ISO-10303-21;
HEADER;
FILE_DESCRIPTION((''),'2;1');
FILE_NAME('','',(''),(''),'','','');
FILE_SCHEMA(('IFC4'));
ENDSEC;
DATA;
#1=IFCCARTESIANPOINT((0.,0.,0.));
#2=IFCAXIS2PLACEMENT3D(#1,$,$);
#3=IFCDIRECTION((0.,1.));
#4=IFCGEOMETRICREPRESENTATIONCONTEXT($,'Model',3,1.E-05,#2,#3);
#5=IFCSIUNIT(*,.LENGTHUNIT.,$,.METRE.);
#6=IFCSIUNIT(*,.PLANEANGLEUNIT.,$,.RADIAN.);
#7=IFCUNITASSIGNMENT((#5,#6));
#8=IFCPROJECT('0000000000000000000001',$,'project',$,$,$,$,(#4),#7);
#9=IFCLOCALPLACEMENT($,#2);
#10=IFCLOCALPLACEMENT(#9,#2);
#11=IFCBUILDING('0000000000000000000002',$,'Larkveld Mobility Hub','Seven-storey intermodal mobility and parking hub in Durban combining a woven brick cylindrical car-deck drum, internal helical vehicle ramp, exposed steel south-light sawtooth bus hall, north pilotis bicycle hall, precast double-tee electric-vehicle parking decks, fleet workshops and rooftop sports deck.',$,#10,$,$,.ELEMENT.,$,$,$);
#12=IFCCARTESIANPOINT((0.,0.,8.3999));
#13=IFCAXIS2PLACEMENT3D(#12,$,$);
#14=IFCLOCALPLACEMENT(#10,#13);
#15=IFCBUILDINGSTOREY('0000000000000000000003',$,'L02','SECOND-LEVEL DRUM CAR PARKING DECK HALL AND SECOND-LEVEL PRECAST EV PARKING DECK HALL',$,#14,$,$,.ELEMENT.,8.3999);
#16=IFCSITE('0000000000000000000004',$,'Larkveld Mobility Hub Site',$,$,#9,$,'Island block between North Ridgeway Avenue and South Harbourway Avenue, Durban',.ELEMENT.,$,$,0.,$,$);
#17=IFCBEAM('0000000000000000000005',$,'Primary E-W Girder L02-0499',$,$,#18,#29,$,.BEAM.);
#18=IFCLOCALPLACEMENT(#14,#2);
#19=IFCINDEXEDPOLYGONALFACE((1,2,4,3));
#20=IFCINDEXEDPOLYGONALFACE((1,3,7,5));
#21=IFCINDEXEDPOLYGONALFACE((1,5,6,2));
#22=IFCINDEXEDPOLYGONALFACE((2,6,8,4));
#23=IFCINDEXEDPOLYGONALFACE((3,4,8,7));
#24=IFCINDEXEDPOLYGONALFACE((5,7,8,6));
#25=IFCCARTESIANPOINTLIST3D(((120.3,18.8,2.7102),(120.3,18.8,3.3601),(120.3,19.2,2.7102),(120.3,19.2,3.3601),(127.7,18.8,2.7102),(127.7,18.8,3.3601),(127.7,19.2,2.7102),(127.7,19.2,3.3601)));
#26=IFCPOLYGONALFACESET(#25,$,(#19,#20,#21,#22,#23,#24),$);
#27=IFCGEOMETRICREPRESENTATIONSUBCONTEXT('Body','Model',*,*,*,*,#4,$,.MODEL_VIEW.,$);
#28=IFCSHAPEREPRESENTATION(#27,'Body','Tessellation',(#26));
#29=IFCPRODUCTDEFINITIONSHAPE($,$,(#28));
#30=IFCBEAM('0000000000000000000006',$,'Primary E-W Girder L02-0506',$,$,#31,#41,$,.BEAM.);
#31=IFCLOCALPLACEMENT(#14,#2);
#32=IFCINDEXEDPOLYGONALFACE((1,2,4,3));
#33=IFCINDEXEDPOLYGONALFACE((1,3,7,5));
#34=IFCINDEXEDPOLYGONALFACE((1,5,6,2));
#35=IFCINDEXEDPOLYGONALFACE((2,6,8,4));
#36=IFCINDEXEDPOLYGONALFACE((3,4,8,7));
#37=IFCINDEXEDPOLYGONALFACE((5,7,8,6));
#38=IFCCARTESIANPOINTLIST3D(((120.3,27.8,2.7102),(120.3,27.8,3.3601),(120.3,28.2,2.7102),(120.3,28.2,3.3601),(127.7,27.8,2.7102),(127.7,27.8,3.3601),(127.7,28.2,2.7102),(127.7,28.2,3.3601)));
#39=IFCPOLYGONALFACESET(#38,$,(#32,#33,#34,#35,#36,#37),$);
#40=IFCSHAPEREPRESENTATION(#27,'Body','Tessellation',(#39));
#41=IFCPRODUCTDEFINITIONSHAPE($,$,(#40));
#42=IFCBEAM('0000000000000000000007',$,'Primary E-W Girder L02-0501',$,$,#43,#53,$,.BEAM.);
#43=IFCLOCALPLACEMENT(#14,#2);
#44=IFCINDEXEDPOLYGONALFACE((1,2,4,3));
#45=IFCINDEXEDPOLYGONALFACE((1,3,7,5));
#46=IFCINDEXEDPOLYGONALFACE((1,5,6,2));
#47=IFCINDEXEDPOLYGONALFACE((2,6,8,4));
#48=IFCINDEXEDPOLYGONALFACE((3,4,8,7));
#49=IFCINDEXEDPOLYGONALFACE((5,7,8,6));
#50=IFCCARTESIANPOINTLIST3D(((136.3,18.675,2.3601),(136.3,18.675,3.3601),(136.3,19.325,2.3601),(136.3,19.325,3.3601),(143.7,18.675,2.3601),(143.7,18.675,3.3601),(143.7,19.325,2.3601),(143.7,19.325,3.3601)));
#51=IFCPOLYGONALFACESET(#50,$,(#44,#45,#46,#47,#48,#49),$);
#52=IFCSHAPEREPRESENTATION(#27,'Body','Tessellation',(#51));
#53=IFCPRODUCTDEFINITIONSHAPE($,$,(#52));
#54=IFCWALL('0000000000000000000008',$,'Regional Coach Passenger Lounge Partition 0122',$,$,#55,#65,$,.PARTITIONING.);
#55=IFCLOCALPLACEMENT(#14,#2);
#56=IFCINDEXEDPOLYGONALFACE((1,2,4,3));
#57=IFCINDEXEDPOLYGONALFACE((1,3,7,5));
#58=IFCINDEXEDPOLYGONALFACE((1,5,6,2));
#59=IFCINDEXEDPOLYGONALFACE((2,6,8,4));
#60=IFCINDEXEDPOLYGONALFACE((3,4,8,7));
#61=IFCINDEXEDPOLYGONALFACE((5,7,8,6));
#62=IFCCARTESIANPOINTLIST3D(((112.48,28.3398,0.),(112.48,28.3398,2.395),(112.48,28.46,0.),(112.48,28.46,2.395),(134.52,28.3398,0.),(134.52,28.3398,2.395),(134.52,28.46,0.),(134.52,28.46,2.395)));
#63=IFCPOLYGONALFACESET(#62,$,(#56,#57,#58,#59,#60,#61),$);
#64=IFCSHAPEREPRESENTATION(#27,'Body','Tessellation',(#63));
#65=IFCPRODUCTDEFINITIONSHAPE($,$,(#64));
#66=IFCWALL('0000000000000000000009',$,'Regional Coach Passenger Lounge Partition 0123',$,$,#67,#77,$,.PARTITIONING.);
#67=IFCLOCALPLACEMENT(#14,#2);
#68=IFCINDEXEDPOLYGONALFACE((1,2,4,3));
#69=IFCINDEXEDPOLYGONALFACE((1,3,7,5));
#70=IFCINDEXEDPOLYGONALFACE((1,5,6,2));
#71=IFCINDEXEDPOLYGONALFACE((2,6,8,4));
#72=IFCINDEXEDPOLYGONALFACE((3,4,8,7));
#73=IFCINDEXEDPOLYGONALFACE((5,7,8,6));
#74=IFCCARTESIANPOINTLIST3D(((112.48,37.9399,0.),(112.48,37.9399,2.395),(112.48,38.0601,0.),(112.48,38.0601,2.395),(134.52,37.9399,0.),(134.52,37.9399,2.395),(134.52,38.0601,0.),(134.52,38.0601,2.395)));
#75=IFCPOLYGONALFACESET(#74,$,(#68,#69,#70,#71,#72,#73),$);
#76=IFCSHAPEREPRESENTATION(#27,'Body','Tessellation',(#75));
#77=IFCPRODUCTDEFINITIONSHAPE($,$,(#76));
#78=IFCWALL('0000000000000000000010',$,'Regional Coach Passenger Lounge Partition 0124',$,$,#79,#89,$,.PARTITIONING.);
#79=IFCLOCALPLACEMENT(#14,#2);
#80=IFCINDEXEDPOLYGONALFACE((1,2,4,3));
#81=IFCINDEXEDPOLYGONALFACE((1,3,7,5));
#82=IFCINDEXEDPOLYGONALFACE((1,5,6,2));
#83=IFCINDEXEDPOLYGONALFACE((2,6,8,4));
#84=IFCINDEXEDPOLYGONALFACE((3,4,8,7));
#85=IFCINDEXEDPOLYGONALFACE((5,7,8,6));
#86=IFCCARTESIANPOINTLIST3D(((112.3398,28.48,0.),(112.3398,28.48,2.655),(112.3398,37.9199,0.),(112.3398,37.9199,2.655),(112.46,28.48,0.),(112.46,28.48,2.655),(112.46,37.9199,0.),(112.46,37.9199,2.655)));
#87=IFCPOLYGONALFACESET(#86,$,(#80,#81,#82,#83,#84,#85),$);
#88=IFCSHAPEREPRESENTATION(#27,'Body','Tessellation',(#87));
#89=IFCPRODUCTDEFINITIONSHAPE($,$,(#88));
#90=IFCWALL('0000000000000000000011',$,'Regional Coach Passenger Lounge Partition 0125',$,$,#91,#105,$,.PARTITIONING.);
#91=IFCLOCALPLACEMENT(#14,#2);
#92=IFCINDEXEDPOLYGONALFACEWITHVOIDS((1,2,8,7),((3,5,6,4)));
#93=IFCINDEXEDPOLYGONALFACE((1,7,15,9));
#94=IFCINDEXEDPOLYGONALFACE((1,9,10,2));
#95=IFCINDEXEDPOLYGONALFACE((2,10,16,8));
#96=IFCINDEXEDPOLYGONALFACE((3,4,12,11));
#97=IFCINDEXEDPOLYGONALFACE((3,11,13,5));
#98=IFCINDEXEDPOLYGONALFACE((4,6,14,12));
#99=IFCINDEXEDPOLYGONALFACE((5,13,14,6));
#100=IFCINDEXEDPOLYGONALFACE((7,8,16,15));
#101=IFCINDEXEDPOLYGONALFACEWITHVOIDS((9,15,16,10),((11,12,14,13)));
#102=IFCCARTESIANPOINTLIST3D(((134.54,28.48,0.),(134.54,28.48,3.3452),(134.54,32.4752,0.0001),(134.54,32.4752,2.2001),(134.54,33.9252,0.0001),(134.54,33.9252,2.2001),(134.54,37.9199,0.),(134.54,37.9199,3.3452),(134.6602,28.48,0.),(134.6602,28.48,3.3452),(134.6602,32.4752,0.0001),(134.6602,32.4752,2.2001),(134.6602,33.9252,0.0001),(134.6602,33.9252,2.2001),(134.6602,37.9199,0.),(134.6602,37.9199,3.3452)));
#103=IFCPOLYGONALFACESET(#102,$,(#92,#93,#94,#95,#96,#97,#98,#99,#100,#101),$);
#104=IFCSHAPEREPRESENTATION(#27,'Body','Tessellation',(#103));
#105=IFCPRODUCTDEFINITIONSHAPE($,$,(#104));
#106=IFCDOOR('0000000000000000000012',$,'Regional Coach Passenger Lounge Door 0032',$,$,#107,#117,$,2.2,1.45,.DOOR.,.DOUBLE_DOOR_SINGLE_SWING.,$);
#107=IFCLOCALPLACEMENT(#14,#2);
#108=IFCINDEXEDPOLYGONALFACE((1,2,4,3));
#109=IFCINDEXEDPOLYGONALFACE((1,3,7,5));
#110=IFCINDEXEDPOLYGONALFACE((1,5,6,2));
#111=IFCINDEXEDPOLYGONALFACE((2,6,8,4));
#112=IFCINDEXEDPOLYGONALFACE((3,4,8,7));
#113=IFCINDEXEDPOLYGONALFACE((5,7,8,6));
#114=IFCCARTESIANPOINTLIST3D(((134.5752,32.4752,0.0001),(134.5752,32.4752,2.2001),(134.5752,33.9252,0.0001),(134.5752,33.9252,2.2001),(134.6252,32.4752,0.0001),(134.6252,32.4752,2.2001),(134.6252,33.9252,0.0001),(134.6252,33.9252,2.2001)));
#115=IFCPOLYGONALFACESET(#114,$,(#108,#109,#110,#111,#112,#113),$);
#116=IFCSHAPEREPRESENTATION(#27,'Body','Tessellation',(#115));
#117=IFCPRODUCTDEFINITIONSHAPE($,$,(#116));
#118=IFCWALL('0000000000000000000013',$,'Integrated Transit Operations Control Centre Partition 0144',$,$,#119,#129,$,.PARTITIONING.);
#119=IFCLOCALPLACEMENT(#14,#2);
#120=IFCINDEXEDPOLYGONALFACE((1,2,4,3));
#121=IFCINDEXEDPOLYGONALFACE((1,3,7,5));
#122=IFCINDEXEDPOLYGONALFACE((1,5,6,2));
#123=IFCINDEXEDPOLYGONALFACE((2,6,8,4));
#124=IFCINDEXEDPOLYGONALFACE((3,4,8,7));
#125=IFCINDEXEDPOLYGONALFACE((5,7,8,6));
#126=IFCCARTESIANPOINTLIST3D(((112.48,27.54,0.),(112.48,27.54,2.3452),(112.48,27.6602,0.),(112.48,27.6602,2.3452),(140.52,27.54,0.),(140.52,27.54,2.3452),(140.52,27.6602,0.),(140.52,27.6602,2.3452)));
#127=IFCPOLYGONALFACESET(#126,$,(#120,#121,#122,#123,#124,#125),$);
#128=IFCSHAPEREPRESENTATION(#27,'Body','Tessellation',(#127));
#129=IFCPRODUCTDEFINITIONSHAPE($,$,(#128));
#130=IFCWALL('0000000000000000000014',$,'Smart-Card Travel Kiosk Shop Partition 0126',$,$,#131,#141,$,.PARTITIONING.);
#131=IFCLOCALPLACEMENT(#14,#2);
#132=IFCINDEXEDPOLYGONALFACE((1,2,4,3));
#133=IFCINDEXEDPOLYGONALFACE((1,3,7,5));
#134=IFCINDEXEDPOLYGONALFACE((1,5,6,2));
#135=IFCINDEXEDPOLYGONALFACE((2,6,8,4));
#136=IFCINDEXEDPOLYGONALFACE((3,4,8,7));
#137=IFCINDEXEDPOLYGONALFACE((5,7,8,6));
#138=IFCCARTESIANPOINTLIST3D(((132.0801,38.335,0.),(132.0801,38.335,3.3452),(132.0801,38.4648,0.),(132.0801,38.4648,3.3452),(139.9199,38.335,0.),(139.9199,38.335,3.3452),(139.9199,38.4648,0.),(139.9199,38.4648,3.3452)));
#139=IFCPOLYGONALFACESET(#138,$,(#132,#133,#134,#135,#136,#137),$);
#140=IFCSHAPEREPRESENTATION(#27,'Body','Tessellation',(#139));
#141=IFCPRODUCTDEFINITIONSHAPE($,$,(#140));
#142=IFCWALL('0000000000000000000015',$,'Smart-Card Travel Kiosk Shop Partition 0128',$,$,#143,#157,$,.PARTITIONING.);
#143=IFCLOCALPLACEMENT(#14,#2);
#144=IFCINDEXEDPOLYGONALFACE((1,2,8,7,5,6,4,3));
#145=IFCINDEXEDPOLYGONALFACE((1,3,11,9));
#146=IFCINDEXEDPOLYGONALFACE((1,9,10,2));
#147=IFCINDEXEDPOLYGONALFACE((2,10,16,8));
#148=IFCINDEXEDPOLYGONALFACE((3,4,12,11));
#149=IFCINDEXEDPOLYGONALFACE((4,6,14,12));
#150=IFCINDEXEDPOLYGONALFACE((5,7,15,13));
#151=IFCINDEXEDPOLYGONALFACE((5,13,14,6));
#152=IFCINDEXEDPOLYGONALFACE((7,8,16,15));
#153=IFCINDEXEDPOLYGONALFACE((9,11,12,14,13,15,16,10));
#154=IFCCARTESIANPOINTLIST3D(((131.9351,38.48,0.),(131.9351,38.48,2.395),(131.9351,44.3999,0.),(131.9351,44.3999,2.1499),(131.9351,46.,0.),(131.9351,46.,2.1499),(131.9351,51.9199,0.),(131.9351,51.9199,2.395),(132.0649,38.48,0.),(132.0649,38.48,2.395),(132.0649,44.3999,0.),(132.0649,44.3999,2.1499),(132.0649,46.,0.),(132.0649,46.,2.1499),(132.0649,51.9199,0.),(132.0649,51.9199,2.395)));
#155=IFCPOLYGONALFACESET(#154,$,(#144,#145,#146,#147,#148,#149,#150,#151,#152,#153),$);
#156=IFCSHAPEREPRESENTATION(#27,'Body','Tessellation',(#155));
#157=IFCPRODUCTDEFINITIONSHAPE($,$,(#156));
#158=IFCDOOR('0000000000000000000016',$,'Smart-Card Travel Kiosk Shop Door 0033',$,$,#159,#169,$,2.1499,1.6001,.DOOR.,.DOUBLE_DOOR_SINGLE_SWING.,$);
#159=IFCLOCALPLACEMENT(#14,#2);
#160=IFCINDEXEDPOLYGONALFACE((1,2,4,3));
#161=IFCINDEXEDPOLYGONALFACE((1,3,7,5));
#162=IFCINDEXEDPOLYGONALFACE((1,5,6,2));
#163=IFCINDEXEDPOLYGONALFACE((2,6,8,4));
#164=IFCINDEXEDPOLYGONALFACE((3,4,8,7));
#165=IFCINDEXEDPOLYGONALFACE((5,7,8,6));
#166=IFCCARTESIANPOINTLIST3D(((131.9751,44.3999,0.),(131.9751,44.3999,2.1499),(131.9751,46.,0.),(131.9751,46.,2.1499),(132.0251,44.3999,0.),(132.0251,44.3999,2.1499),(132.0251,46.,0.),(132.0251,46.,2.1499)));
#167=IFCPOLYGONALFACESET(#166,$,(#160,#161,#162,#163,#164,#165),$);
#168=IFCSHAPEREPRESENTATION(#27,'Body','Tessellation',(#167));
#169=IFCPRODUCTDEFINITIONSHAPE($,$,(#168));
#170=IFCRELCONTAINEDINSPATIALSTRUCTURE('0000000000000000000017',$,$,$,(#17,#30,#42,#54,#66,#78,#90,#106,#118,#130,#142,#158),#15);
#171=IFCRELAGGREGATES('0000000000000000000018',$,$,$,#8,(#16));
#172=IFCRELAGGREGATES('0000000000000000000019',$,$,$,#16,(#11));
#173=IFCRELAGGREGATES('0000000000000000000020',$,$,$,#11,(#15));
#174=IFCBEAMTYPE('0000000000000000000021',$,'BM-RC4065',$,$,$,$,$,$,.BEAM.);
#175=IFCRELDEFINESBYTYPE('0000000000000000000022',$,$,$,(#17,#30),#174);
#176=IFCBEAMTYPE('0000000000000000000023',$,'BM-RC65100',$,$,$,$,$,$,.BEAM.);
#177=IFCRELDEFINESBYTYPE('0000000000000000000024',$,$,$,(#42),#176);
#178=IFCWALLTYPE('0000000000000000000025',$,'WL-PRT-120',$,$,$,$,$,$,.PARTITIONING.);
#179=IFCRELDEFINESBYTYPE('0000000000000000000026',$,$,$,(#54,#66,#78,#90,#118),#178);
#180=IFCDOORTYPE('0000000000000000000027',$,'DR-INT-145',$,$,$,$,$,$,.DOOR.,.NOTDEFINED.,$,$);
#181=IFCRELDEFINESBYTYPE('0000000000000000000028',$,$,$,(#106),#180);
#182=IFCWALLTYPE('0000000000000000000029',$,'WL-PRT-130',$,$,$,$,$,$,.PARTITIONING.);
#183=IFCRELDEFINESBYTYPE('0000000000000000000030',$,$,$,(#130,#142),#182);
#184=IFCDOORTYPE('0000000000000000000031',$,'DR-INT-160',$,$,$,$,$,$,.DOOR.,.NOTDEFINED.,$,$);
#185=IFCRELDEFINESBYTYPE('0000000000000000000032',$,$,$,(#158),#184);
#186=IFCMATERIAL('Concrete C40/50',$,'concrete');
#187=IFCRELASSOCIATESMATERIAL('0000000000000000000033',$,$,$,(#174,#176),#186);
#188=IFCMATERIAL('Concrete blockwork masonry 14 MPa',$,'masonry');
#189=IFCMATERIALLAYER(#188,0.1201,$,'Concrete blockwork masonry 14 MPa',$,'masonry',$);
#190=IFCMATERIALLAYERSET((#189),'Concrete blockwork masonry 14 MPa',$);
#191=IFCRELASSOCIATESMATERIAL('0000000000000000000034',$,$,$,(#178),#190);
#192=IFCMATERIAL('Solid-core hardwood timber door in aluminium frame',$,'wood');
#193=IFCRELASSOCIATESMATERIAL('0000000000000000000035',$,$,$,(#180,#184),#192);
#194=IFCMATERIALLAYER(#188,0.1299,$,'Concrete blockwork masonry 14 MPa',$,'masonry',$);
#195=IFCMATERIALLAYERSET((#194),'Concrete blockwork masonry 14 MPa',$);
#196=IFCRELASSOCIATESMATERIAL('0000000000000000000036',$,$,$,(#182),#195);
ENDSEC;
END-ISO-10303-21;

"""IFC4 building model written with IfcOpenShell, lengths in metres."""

from ifc_helpers import new_model, si_unit, direction, frame, frame_2d, origin, origin_2d, place, context, subcontext, project, spatial, rectangle, extrude, material, layer, layer_set, material_profile, profile_set, type_object, element, fill, save


model = new_model("IFC4")

# Units and contexts
model_context = context("Model", 3, precision=1e-05, world=origin(), true_north=direction((0.0, 1.0)))
body_context = subcontext(model_context, "Body", "Model", "MODEL_VIEW")
ifc_project = project(units=[si_unit("LENGTHUNIT", "METRE"), si_unit("PLANEANGLEUNIT", "RADIAN")], contexts=[model_context])

# Site, building, storey
site_placement = place(None, origin())
site = spatial("IfcSite", under=ifc_project, at=site_placement, Name="Larkveld Mobility Hub Site", LongName="Island block between North Ridgeway Avenue and South Harbourway Avenue, Durban", CompositionType="ELEMENT", RefElevation=0.0)
building_placement = place(site_placement, origin())
building = spatial("IfcBuilding", under=site, at=building_placement, Name="Larkveld Mobility Hub", Description="Seven-storey intermodal mobility and parking hub in Durban combining a woven brick cylindrical car-deck drum, internal helical vehicle ramp, exposed steel south-light sawtooth bus hall, north pilotis bicycle hall, precast double-tee electric-vehicle parking decks, fleet workshops and rooftop sports deck.", CompositionType="ELEMENT")
storey_placement = place(building_placement, frame((0.0, 0.0, 8.3999)))
storey = spatial("IfcBuildingStorey", under=building, at=storey_placement, Name="L02", Description="SECOND-LEVEL DRUM CAR PARKING DECK HALL AND SECOND-LEVEL PRECAST EV PARKING DECK HALL", CompositionType="ELEMENT", Elevation=8.3999)

# Shared definitions
ifc_material_1 = material(Name="Concrete C40/50", Category="concrete")

# Beams
ifc_material_profile_1 = material_profile(ifc_material_1, rectangle(XDim=0.3999, YDim=0.6499, at=origin_2d()), Name="RC BM 400x650")
ifc_profile_set_1 = profile_set([ifc_material_profile_1], Name="Concrete C40/50")
beam_type_1 = type_object("IfcBeamType", Name="BM-RC4065", PredefinedType="BEAM", material=ifc_profile_set_1)
for number, where, z_axis, x_axis, name in (
    (1, (120.3, 19.0, 3.0352), (1.0, 0.0, 0.0), (0.0, 1.0, 0.0), "Primary E-W Girder L02-0499"),
    (2, (120.3, 28.0, 3.0352), (1.0, 0.0, 0.0), (0.0, 1.0, 0.0), "Primary E-W Girder L02-0506"),
):
    element("IfcBeam", number, at=place(storey_placement, frame(where, z_axis=z_axis, x_axis=x_axis)), inside=storey, type_object=beam_type_1, Name=name, PredefinedType="BEAM", context=body_context, shape_type="SweptSolid", body=[
        extrude(rectangle(XDim=0.3999, YDim=0.6499, at=origin_2d()), origin(), (0.0, 0.0, 1.0), 7.3999),
    ])
ifc_material_profile_2 = material_profile(ifc_material_1, rectangle(XDim=0.6499, YDim=1.0, at=origin_2d()), Name="RC BM 650x1000")
ifc_profile_set_2 = profile_set([ifc_material_profile_2], Name="Concrete C40/50")
beam_type_2 = type_object("IfcBeamType", Name="BM-RC65100", PredefinedType="BEAM", material=ifc_profile_set_2)
beam_1_placement = place(storey_placement, frame((136.3, 19.0, 2.8601), z_axis=(1.0, 0.0, 0.0), x_axis=(0.0, 1.0, 0.0)))
element("IfcBeam", 3, at=beam_1_placement, inside=storey, type_object=beam_type_2, Name="Primary E-W Girder L02-0501", PredefinedType="BEAM", context=body_context, shape_type="SweptSolid", body=[
    extrude(rectangle(XDim=0.6499, YDim=1.0, at=origin_2d()), origin(), (0.0, 0.0, 1.0), 7.3999),
])

# Walls
ifc_material_2 = material(Name="Concrete blockwork masonry 14 MPa", Category="masonry")
ifc_layer_1 = layer(ifc_material_2, 0.1201, Name="Concrete blockwork masonry 14 MPa", Category="masonry")
ifc_layer_set_1 = layer_set([ifc_layer_1], Name="Concrete blockwork masonry 14 MPa")
wall_type_1 = type_object("IfcWallType", Name="WL-PRT-120", PredefinedType="PARTITIONING", material=ifc_layer_set_1)
for number, where, z_axis, x_axis, name in (
    (4, (112.48, 28.3999, 0.0), (0.0, 0.0, 1.0), (1.0, 0.0, 0.0), "Regional Coach Passenger Lounge Partition 0122"),
    (5, (112.48, 38.0, 0.0), (0.0, 0.0, 1.0), (1.0, 0.0, 0.0), "Regional Coach Passenger Lounge Partition 0123"),
):
    element("IfcWall", number, at=place(storey_placement, frame(where, z_axis=z_axis, x_axis=x_axis)), inside=storey, type_object=wall_type_1, Name=name, PredefinedType="PARTITIONING", context=body_context, shape_type="SweptSolid", body=[
        extrude(rectangle(XDim=22.04, YDim=0.1201, at=frame_2d((11.02, 0.0))), origin(), (0.0, 0.0, 1.0), 2.395),
    ])
wall_1_placement = place(storey_placement, frame((112.3999, 28.48, 0.0), z_axis=(0.0, 0.0, 1.0), x_axis=(0.0, 1.0, 0.0)))
element("IfcWall", 6, at=wall_1_placement, inside=storey, type_object=wall_type_1, Name="Regional Coach Passenger Lounge Partition 0124", PredefinedType="PARTITIONING", context=body_context, shape_type="SweptSolid", body=[
    extrude(rectangle(XDim=9.4399, YDim=0.1201, at=frame_2d((4.72, 0.0))), origin(), (0.0, 0.0, 1.0), 2.655),
])

# Wall, opening, door
wall_2_placement = place(storey_placement, frame((134.6001, 28.48, 0.0), z_axis=(0.0, 0.0, 1.0), x_axis=(0.0, 1.0, 0.0)))
wall_2 = element("IfcWall", 7, at=wall_2_placement, inside=storey, type_object=wall_type_1, Name="Regional Coach Passenger Lounge Partition 0125", PredefinedType="PARTITIONING", context=body_context, shape_type="SweptSolid", body=[
    extrude(rectangle(XDim=9.4399, YDim=0.1201, at=frame_2d((4.72, 0.0))), origin(), (0.0, 0.0, 1.0), 3.3452),
])
opening_1_placement = place(wall_2_placement, frame((3.9951, 0.0, 0.0)))
opening_1 = element("IfcOpeningElement", 8, at=opening_1_placement, cuts=wall_2, PredefinedType="OPENING", context=body_context, shape_type="SweptSolid", body=[
    extrude(rectangle(XDim=1.45, YDim=2.2, at=frame_2d((0.7251, 1.1001))), frame((0.0, 0.0701, 0.0), z_axis=(0.0, -1.0, 0.0), x_axis=(1.0, 0.0, 0.0)), (0.0, 0.0, 1.0), 0.1401),
])
ifc_material_3 = material(Name="Solid-core hardwood timber door in aluminium frame", Category="wood")
door_type_1 = type_object("IfcDoorType", Name="DR-INT-145", OperationType="NOTDEFINED", PredefinedType="DOOR", material=ifc_material_3)
door_1_placement = place(opening_1_placement, origin())
door_1 = element("IfcDoor", 9, at=door_1_placement, inside=storey, type_object=door_type_1, Name="Regional Coach Passenger Lounge Door 0032", OperationType="DOUBLE_DOOR_SINGLE_SWING", OverallHeight=2.2, OverallWidth=1.45, PredefinedType="DOOR", context=body_context, shape_type="SweptSolid", body=[
    extrude(rectangle(XDim=1.45, YDim=2.2, at=frame_2d((0.7251, 1.1001))), frame((0.0, 0.0249, 0.0), z_axis=(0.0, -1.0, 0.0), x_axis=(1.0, 0.0, 0.0)), (0.0, 0.0, 1.0), 0.05),
])
fill(opening_1, door_1)

# Walls
wall_3_placement = place(storey_placement, frame((112.48, 27.6001, 0.0), z_axis=(0.0, 0.0, 1.0), x_axis=(1.0, 0.0, 0.0)))
element("IfcWall", 10, at=wall_3_placement, inside=storey, type_object=wall_type_1, Name="Integrated Transit Operations Control Centre Partition 0144", PredefinedType="PARTITIONING", context=body_context, shape_type="SweptSolid", body=[
    extrude(rectangle(XDim=28.04, YDim=0.1201, at=frame_2d((14.02, 0.0))), origin(), (0.0, 0.0, 1.0), 2.3452),
])
ifc_layer_2 = layer(ifc_material_2, 0.1299, Name="Concrete blockwork masonry 14 MPa", Category="masonry")
ifc_layer_set_2 = layer_set([ifc_layer_2], Name="Concrete blockwork masonry 14 MPa")
wall_type_2 = type_object("IfcWallType", Name="WL-PRT-130", PredefinedType="PARTITIONING", material=ifc_layer_set_2)
wall_4_placement = place(storey_placement, frame((132.0801, 38.3999, 0.0), z_axis=(0.0, 0.0, 1.0), x_axis=(1.0, 0.0, 0.0)))
element("IfcWall", 11, at=wall_4_placement, inside=storey, type_object=wall_type_2, Name="Smart-Card Travel Kiosk Shop Partition 0126", PredefinedType="PARTITIONING", context=body_context, shape_type="SweptSolid", body=[
    extrude(rectangle(XDim=7.8398, YDim=0.1299, at=frame_2d((3.9199, 0.0))), origin(), (0.0, 0.0, 1.0), 3.3452),
])

# Wall, opening, door
wall_5_placement = place(storey_placement, frame((132.0, 38.48, 0.0), z_axis=(0.0, 0.0, 1.0), x_axis=(0.0, 1.0, 0.0)))
wall_5 = element("IfcWall", 12, at=wall_5_placement, inside=storey, type_object=wall_type_2, Name="Smart-Card Travel Kiosk Shop Partition 0128", PredefinedType="PARTITIONING", context=body_context, shape_type="SweptSolid", body=[
    extrude(rectangle(XDim=13.4399, YDim=0.1299, at=frame_2d((6.72, 0.0))), origin(), (0.0, 0.0, 1.0), 2.395),
])
opening_2_placement = place(wall_5_placement, frame((5.9199, 0.0, 0.0)))
opening_2 = element("IfcOpeningElement", 13, at=opening_2_placement, cuts=wall_5, PredefinedType="OPENING", context=body_context, shape_type="SweptSolid", body=[
    extrude(rectangle(XDim=1.6001, YDim=2.1499, at=frame_2d((0.8, 1.075))), frame((0.0, 0.075, 0.0), z_axis=(0.0, -1.0, 0.0), x_axis=(1.0, 0.0, 0.0)), (0.0, 0.0, 1.0), 0.1499),
])
door_type_2 = type_object("IfcDoorType", Name="DR-INT-160", OperationType="NOTDEFINED", PredefinedType="DOOR", material=ifc_material_3)
door_2_placement = place(opening_2_placement, origin())
door_2 = element("IfcDoor", 14, at=door_2_placement, inside=storey, type_object=door_type_2, Name="Smart-Card Travel Kiosk Shop Door 0033", OperationType="DOUBLE_DOOR_SINGLE_SWING", OverallHeight=2.1499, OverallWidth=1.6001, PredefinedType="DOOR", context=body_context, shape_type="SweptSolid", body=[
    extrude(rectangle(XDim=1.6001, YDim=2.1499, at=frame_2d((0.8, 1.075))), frame((0.0, 0.0249, 0.0), z_axis=(0.0, -1.0, 0.0), x_axis=(1.0, 0.0, 0.0)), (0.0, 0.0, 1.0), 0.05),
])
fill(opening_2, door_2)

save(model, "model.ifc")
